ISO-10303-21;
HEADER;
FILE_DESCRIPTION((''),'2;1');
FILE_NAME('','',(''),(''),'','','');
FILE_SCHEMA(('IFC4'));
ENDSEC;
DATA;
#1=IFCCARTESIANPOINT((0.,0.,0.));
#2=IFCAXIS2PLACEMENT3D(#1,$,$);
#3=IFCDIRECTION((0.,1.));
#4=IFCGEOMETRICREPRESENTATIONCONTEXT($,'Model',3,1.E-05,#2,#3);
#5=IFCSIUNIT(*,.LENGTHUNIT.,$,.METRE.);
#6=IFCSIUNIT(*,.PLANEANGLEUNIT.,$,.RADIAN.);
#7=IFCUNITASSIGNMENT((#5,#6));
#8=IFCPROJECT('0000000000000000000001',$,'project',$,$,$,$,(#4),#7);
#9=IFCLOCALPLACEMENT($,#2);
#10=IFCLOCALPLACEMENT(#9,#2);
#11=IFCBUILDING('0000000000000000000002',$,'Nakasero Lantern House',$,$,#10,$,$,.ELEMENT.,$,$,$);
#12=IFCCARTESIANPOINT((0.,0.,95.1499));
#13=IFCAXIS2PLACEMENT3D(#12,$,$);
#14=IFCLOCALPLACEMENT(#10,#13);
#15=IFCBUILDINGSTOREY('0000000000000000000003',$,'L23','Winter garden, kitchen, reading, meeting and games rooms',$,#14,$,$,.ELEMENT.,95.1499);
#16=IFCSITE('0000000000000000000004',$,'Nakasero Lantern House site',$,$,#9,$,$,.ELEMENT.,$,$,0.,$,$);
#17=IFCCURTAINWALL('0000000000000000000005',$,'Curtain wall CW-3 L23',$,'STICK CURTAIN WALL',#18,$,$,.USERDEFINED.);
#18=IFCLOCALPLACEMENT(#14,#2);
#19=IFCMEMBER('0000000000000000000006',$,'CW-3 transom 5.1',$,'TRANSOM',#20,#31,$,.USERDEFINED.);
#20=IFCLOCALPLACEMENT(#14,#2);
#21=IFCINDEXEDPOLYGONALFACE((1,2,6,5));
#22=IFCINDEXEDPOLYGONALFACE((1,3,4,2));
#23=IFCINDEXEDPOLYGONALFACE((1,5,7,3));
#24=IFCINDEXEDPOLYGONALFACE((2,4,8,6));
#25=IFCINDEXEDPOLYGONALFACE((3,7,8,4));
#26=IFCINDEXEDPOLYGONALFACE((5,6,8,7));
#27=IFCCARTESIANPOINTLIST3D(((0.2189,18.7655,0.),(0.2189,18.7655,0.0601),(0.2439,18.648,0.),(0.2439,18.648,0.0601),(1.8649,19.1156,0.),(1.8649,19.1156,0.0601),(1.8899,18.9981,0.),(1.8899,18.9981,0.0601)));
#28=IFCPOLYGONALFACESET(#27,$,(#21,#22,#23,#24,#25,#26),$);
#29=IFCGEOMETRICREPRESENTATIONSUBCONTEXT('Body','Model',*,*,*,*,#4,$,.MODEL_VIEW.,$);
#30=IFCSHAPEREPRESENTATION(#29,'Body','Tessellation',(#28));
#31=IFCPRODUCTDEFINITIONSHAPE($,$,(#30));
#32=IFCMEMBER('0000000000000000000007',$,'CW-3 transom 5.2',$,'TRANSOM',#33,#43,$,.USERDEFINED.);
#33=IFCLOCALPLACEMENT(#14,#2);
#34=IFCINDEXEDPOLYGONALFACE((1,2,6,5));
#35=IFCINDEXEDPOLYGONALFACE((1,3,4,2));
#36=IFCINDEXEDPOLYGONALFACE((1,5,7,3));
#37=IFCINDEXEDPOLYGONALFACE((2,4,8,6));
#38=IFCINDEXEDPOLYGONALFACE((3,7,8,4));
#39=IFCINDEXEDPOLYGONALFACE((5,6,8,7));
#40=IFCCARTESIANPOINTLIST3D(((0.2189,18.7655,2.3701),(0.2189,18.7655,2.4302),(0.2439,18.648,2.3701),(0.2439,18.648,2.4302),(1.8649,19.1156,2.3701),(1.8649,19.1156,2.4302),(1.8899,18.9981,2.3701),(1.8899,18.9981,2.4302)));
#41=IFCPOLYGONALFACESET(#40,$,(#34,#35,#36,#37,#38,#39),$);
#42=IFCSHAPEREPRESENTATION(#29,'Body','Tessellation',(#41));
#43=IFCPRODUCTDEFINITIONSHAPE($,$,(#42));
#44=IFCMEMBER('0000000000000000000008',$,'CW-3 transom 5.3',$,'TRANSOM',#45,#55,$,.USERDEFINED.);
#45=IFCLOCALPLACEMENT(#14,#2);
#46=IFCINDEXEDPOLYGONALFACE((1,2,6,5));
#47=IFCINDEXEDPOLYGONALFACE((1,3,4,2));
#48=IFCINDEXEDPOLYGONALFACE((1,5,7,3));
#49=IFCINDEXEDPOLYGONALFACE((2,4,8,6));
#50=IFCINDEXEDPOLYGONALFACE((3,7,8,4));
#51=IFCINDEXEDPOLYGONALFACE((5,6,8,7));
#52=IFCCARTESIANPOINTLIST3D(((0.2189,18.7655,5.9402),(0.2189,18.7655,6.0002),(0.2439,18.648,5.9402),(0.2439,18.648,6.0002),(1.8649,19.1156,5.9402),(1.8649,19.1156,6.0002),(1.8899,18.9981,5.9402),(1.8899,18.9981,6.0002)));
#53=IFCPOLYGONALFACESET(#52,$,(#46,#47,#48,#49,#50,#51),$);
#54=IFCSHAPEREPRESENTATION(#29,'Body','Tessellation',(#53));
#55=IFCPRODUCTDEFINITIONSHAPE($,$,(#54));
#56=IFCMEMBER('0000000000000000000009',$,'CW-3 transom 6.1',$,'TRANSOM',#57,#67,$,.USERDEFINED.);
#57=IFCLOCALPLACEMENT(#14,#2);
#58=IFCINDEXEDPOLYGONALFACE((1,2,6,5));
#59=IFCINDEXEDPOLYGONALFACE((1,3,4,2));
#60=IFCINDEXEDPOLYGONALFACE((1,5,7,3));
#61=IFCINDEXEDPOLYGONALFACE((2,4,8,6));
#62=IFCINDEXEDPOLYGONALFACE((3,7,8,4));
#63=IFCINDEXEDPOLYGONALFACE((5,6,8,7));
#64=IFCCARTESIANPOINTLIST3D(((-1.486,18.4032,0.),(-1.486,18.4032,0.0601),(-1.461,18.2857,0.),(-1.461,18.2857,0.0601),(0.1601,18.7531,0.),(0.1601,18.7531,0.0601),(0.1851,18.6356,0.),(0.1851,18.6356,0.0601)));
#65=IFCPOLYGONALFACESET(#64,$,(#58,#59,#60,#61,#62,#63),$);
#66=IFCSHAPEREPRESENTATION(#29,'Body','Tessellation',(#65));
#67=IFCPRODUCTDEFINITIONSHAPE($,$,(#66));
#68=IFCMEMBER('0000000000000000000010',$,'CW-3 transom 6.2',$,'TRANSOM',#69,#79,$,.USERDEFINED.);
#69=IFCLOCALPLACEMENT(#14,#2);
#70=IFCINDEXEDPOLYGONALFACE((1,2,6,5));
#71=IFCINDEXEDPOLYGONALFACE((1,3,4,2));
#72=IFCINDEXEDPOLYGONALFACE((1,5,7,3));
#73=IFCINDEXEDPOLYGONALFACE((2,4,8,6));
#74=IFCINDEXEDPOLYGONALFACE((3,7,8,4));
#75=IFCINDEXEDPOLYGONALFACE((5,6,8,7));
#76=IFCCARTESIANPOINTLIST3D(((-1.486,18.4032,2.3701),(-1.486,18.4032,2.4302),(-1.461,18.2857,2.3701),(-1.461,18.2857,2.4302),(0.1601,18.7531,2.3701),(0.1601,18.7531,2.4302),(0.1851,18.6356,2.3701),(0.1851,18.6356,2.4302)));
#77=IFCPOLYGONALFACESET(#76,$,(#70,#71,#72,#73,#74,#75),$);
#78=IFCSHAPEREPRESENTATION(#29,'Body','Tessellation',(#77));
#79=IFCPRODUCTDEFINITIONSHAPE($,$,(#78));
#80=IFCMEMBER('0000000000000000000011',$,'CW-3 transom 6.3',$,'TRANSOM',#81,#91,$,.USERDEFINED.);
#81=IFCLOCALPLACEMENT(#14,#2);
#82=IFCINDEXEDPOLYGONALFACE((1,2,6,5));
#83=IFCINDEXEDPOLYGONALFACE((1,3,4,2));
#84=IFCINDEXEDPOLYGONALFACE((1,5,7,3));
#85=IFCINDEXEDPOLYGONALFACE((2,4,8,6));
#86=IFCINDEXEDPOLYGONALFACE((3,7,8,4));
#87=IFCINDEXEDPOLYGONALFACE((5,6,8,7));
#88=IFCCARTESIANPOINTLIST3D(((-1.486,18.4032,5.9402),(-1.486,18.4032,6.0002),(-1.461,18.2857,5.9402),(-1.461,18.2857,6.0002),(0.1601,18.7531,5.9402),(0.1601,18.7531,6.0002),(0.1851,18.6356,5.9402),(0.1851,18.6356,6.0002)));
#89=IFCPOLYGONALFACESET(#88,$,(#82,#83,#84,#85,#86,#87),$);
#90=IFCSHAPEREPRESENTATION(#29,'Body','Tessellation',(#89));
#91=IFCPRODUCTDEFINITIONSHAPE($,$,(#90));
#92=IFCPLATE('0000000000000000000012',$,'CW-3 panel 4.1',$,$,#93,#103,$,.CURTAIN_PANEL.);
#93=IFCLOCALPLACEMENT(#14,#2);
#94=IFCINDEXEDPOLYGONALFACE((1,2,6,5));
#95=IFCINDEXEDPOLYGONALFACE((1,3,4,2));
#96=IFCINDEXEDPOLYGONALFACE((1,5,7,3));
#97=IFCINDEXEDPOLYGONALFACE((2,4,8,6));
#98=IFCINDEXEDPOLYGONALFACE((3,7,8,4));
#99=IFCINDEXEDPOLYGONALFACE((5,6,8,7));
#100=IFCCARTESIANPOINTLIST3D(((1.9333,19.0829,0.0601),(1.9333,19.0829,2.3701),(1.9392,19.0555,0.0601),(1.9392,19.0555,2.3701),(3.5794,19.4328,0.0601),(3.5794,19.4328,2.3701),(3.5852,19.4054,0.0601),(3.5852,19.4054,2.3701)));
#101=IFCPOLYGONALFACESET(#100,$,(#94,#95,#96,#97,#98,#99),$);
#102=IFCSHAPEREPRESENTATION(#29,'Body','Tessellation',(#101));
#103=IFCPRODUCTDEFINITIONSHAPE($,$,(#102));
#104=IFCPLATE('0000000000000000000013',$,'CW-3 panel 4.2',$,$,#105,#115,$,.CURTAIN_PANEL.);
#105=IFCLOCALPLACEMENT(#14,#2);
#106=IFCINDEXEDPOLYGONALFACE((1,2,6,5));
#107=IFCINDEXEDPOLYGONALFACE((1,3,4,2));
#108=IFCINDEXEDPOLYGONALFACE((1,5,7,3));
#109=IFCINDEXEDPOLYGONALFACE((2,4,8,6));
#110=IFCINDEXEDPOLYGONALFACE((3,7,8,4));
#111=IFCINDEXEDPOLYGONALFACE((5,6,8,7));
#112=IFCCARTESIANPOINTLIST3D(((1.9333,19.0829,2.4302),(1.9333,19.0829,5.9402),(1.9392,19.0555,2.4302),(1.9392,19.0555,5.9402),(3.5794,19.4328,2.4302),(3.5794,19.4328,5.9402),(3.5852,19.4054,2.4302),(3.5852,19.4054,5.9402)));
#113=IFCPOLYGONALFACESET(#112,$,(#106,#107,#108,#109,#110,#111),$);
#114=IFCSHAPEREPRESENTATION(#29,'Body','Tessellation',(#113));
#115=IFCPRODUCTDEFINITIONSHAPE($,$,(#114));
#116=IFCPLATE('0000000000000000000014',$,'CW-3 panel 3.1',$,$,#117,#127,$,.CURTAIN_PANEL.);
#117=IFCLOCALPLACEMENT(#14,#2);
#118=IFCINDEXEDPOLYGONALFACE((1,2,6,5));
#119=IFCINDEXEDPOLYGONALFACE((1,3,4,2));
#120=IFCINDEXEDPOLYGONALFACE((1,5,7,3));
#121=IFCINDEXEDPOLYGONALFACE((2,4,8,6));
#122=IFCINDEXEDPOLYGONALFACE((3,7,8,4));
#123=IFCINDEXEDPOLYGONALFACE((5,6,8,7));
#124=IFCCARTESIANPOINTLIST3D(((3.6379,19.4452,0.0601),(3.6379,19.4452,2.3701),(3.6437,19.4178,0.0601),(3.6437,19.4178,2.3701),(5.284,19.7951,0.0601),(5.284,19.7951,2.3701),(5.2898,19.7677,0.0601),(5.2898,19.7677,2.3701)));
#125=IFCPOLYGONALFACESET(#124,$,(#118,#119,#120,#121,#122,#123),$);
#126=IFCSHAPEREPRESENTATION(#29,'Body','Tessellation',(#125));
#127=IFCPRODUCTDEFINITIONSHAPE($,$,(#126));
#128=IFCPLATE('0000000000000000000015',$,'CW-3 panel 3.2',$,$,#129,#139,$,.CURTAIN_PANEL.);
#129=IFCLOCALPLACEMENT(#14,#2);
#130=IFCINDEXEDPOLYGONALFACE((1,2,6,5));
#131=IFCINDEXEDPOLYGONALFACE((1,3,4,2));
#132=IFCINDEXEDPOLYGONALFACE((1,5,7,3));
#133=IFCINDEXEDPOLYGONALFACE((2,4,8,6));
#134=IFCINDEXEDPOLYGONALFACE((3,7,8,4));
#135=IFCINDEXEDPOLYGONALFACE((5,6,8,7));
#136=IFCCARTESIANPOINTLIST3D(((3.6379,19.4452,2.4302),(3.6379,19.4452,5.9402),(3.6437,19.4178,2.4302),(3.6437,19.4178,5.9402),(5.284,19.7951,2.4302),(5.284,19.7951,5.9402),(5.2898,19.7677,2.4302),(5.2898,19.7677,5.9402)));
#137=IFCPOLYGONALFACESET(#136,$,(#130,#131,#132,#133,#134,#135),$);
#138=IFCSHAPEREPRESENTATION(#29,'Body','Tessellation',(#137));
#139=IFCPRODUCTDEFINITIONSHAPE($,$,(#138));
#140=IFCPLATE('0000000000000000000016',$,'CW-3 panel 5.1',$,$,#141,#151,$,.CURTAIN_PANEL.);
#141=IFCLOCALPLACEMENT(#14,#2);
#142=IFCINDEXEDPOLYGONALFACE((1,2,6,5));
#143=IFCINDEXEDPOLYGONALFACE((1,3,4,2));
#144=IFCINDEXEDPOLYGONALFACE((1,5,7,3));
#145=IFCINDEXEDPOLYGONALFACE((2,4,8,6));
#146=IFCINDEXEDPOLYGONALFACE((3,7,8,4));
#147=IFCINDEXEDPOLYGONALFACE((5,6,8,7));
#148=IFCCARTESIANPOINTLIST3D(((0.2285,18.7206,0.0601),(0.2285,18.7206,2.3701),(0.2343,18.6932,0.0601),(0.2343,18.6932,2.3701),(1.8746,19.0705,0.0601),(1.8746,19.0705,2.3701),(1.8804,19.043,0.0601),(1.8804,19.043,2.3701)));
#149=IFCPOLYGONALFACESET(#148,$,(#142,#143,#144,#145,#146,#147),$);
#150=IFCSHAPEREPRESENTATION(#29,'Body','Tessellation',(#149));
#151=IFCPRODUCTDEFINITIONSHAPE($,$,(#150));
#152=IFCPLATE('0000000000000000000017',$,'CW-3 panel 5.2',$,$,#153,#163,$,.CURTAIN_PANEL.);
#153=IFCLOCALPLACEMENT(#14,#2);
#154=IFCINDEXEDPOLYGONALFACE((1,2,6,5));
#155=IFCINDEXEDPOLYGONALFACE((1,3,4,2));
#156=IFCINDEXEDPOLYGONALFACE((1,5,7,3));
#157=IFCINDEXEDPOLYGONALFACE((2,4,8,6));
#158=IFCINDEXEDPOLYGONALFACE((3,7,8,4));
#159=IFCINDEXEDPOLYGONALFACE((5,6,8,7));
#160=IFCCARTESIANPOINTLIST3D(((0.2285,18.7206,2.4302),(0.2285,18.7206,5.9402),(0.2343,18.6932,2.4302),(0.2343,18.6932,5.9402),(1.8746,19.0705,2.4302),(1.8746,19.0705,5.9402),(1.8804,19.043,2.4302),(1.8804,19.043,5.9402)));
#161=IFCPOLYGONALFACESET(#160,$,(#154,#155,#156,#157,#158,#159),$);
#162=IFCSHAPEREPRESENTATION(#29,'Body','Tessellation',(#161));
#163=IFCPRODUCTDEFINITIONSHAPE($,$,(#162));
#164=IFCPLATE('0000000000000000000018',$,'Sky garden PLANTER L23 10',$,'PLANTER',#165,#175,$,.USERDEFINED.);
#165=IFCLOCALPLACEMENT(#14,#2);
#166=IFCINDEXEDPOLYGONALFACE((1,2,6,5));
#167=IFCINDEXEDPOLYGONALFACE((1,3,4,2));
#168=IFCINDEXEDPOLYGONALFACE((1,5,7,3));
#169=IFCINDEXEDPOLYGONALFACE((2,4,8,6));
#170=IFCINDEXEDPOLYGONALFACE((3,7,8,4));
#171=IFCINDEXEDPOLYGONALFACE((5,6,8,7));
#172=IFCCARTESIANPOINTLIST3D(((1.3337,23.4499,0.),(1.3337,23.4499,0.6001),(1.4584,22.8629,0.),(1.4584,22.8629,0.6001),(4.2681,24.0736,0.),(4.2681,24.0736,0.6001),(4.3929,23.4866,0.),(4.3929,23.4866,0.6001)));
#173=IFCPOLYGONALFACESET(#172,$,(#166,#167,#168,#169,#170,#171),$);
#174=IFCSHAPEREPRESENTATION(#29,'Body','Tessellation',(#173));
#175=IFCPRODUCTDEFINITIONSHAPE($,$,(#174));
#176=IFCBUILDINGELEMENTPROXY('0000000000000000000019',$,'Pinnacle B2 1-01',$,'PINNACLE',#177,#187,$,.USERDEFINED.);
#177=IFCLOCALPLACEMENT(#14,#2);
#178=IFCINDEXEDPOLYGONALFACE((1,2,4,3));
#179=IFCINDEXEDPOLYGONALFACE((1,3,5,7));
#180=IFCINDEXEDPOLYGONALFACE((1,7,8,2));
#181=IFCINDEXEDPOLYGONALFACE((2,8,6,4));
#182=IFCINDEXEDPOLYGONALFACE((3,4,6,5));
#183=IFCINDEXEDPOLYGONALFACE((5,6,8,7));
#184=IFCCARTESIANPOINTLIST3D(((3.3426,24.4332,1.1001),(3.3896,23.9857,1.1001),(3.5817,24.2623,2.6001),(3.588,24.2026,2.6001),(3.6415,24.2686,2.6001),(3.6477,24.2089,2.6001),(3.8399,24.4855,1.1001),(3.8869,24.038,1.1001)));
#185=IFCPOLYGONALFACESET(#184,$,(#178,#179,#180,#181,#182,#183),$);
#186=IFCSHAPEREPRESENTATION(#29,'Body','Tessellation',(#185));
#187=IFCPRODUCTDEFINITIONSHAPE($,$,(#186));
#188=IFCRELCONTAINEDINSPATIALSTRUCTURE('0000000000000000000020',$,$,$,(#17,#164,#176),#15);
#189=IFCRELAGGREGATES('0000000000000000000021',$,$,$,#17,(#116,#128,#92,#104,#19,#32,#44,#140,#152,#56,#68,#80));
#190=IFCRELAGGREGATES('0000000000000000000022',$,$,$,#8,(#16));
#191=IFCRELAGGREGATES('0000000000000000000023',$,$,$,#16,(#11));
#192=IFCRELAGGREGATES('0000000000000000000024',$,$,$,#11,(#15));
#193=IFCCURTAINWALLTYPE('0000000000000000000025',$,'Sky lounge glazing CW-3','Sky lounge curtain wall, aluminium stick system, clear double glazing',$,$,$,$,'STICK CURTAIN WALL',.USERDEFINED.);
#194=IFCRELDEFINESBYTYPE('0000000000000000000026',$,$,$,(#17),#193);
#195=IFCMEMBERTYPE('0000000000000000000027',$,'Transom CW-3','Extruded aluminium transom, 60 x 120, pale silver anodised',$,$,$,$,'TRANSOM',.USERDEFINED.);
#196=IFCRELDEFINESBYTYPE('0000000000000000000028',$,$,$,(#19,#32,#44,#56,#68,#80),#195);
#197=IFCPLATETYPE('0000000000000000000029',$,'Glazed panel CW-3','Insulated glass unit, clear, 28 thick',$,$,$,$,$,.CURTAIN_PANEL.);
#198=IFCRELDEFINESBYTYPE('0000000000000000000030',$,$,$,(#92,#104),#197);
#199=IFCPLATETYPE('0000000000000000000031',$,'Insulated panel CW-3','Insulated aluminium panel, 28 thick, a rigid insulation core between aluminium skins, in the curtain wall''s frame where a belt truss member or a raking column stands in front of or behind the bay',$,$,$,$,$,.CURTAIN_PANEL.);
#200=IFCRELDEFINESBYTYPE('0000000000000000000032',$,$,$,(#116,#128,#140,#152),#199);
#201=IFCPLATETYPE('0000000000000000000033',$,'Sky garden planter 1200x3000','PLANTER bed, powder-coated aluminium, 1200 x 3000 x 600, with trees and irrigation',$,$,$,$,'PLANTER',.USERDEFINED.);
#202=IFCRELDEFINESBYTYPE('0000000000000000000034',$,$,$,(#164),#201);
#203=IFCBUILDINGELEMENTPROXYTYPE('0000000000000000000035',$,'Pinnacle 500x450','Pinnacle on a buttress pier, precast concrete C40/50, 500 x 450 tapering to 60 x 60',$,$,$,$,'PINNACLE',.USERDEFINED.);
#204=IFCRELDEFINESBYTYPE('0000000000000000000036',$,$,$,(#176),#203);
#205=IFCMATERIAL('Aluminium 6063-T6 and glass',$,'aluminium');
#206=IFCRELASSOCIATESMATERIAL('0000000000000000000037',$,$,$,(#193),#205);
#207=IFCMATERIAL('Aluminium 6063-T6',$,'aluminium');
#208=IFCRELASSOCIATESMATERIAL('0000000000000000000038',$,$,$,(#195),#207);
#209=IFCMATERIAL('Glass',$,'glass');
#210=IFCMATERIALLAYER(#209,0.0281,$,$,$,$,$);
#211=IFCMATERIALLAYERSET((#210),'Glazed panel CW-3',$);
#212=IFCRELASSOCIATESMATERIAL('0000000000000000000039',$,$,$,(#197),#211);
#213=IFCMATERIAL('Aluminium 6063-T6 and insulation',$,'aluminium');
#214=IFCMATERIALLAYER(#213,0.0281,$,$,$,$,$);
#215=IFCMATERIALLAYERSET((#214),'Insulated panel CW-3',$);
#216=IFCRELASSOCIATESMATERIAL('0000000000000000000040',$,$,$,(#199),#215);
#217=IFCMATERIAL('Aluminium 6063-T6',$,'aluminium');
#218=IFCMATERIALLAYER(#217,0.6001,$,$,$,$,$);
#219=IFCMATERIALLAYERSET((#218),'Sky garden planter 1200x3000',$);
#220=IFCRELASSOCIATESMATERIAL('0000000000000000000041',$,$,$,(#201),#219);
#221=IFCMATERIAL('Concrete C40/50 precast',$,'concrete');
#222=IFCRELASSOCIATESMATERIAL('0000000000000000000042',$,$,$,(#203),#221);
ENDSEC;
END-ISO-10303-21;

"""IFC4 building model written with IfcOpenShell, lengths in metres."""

from ifc_helpers import new_model, entity, si_unit, direction, frame, origin, origin_2d, place, context, subcontext, project, spatial, rectangle, extrude, material, layer, layer_set, material_profile, profile_set, type_object, element, aggregate, save


model = new_model("IFC4")

# Units and contexts
model_context = context("Model", 3, precision=1e-05, world=origin(), true_north=direction((0.0, 1.0)))
body_context = subcontext(model_context, "Body", "Model", "MODEL_VIEW")
ifc_project = project(units=[si_unit("LENGTHUNIT", "METRE"), si_unit("PLANEANGLEUNIT", "RADIAN")], contexts=[model_context])

# Site, building, storey
site_placement = place(None, origin())
site = spatial("IfcSite", under=ifc_project, at=site_placement, Name="Nakasero Lantern House site", CompositionType="ELEMENT", RefElevation=0.0)
building_placement = place(site_placement, origin())
building = spatial("IfcBuilding", under=site, at=building_placement, Name="Nakasero Lantern House", CompositionType="ELEMENT")
storey_placement = place(building_placement, frame((0.0, 0.0, 95.1499)))
storey = spatial("IfcBuildingStorey", under=building, at=storey_placement, Name="L23", Description="Winter garden, kitchen, reading, meeting and games rooms", CompositionType="ELEMENT", Elevation=95.1499)

# Curtain wall, members, plates
ifc_material_1 = material(Name="Aluminium 6063-T6 and glass", Category="aluminium")
curtain_wall_type = type_object("IfcCurtainWallType", Name="Sky lounge glazing CW-3", Description="Sky lounge curtain wall, aluminium stick system, clear double glazing", ElementType="STICK CURTAIN WALL", PredefinedType="USERDEFINED", material=ifc_material_1)
curtain_wall_placement = place(storey_placement, origin())
curtain_wall = element("IfcCurtainWall", 1, at=curtain_wall_placement, inside=storey, type_object=curtain_wall_type, Name="Curtain wall CW-3 L23", ObjectType="STICK CURTAIN WALL", PredefinedType="USERDEFINED")
ifc_material_2 = material(Name="Aluminium 6063-T6", Category="aluminium")
ifc_material_profile_1 = material_profile(ifc_material_2, rectangle(XDim=0.0601, YDim=0.1201, at=origin_2d()), Name="CW-3 transom 60x120")
ifc_profile_set_1 = profile_set([ifc_material_profile_1], Name="Aluminium 6063-T6")
member_type_1 = type_object("IfcMemberType", Name="Transom CW-3", Description="Extruded aluminium transom, 60 x 120, pale silver anodised", ElementType="TRANSOM", PredefinedType="USERDEFINED", material=ifc_profile_set_1)
member_1_placement = place(storey_placement, frame((1.8774, 19.0569, 0.03), z_axis=(-0.97812, -0.208043, 0.0), x_axis=(0.0, 0.0, 1.0)))
member_1 = element("IfcMember", 2, at=member_1_placement, type_object=member_type_1, Name="CW-3 transom 5.1", ObjectType="TRANSOM", PredefinedType="USERDEFINED", context=body_context, shape_type="SweptSolid", body=[
    extrude(rectangle(XDim=0.0601, YDim=0.1201, at=origin_2d()), origin(), (0.0, 0.0, 1.0), 1.6829),
])
member_2_placement = place(storey_placement, frame((1.8774, 19.0569, 2.4001), z_axis=(-0.97812, -0.208043, 0.0), x_axis=(0.0, 0.0, 1.0)))
member_2 = element("IfcMember", 3, at=member_2_placement, type_object=member_type_1, Name="CW-3 transom 5.2", ObjectType="TRANSOM", PredefinedType="USERDEFINED", context=body_context, shape_type="SweptSolid", body=[
    extrude(rectangle(XDim=0.0601, YDim=0.1201, at=origin_2d()), origin(), (0.0, 0.0, 1.0), 1.6829),
])
member_3_placement = place(storey_placement, frame((1.8774, 19.0569, 5.9702), z_axis=(-0.97812, -0.208043, 0.0), x_axis=(0.0, 0.0, 1.0)))
member_3 = element("IfcMember", 4, at=member_3_placement, type_object=member_type_1, Name="CW-3 transom 5.3", ObjectType="TRANSOM", PredefinedType="USERDEFINED", context=body_context, shape_type="SweptSolid", body=[
    extrude(rectangle(XDim=0.0601, YDim=0.1201, at=origin_2d()), origin(), (0.0, 0.0, 1.0), 1.6829),
])
member_4_placement = place(storey_placement, frame((0.1726, 18.6943, 0.03), z_axis=(-0.978149, -0.207904, 0.0), x_axis=(0.0, 0.0, 1.0)))
member_4 = element("IfcMember", 5, at=member_4_placement, type_object=member_type_1, Name="CW-3 transom 6.1", ObjectType="TRANSOM", PredefinedType="USERDEFINED", context=body_context, shape_type="SweptSolid", body=[
    extrude(rectangle(XDim=0.0601, YDim=0.1201, at=origin_2d()), origin(), (0.0, 0.0, 1.0), 1.6829),
])
member_5_placement = place(storey_placement, frame((0.1726, 18.6943, 2.4001), z_axis=(-0.978149, -0.207904, 0.0), x_axis=(0.0, 0.0, 1.0)))
member_5 = element("IfcMember", 6, at=member_5_placement, type_object=member_type_1, Name="CW-3 transom 6.2", ObjectType="TRANSOM", PredefinedType="USERDEFINED", context=body_context, shape_type="SweptSolid", body=[
    extrude(rectangle(XDim=0.0601, YDim=0.1201, at=origin_2d()), origin(), (0.0, 0.0, 1.0), 1.6829),
])
member_6_placement = place(storey_placement, frame((0.1726, 18.6943, 5.9702), z_axis=(-0.978149, -0.207904, 0.0), x_axis=(0.0, 0.0, 1.0)))
member_6 = element("IfcMember", 7, at=member_6_placement, type_object=member_type_1, Name="CW-3 transom 6.3", ObjectType="TRANSOM", PredefinedType="USERDEFINED", context=body_context, shape_type="SweptSolid", body=[
    extrude(rectangle(XDim=0.0601, YDim=0.1201, at=origin_2d()), origin(), (0.0, 0.0, 1.0), 1.6829),
])
ifc_material_3 = material(Name="Glass", Category="glass")
ifc_layer_1 = layer(ifc_material_3, 0.0281)
ifc_layer_set_1 = layer_set([ifc_layer_1], Name="Glazed panel CW-3")
plate_type_1 = type_object("IfcPlateType", Name="Glazed panel CW-3", Description="Insulated glass unit, clear, 28 thick", PredefinedType="CURTAIN_PANEL", material=ifc_layer_set_1)
plate_1_placement = place(storey_placement, frame((2.7593, 19.2441, 0.0601), z_axis=(0.0, 0.0, 1.0), x_axis=(-0.978148, -0.207912, 0.0)))
plate_1 = element("IfcPlate", 8, at=plate_1_placement, type_object=plate_type_1, Name="CW-3 panel 4.1", PredefinedType="CURTAIN_PANEL", context=body_context, shape_type="SweptSolid", body=[
    extrude(rectangle(XDim=1.6829, YDim=0.0281, at=origin_2d()), origin(), (0.0, 0.0, 1.0), 2.3101),
])
plate_2_placement = place(storey_placement, frame((2.7593, 19.2441, 2.4302), z_axis=(0.0, 0.0, 1.0), x_axis=(-0.978148, -0.207912, 0.0)))
plate_2 = element("IfcPlate", 9, at=plate_2_placement, type_object=plate_type_1, Name="CW-3 panel 4.2", PredefinedType="CURTAIN_PANEL", context=body_context, shape_type="SweptSolid", body=[
    extrude(rectangle(XDim=1.6829, YDim=0.0281, at=origin_2d()), origin(), (0.0, 0.0, 1.0), 3.51),
])
ifc_material_4 = material(Name="Aluminium 6063-T6 and insulation", Category="aluminium")
ifc_layer_2 = layer(ifc_material_4, 0.0281)
ifc_layer_set_2 = layer_set([ifc_layer_2], Name="Insulated panel CW-3")
plate_type_2 = type_object("IfcPlateType", Name="Insulated panel CW-3", Description="Insulated aluminium panel, 28 thick, a rigid insulation core between aluminium skins, in the curtain wall's frame where a belt truss member or a raking column stands in front of or behind the bay", PredefinedType="CURTAIN_PANEL", material=ifc_layer_set_2)
plate_3_placement = place(storey_placement, frame((4.4639, 19.6064, 0.0601), z_axis=(0.0, 0.0, 1.0), x_axis=(-0.978148, -0.207912, 0.0)))
plate_3 = element("IfcPlate", 10, at=plate_3_placement, type_object=plate_type_2, Name="CW-3 panel 3.1", PredefinedType="CURTAIN_PANEL", context=body_context, shape_type="SweptSolid", body=[
    extrude(rectangle(XDim=1.6829, YDim=0.0281, at=origin_2d()), origin(), (0.0, 0.0, 1.0), 2.3101),
])
plate_4_placement = place(storey_placement, frame((4.4639, 19.6064, 2.4302), z_axis=(0.0, 0.0, 1.0), x_axis=(-0.978148, -0.207912, 0.0)))
plate_4 = element("IfcPlate", 11, at=plate_4_placement, type_object=plate_type_2, Name="CW-3 panel 3.2", PredefinedType="CURTAIN_PANEL", context=body_context, shape_type="SweptSolid", body=[
    extrude(rectangle(XDim=1.6829, YDim=0.0281, at=origin_2d()), origin(), (0.0, 0.0, 1.0), 3.51),
])
plate_5_placement = place(storey_placement, frame((1.0544, 18.8818, 0.0601), z_axis=(0.0, 0.0, 1.0), x_axis=(-0.978148, -0.207912, 0.0)))
plate_5 = element("IfcPlate", 12, at=plate_5_placement, type_object=plate_type_2, Name="CW-3 panel 5.1", PredefinedType="CURTAIN_PANEL", context=body_context, shape_type="SweptSolid", body=[
    extrude(rectangle(XDim=1.6829, YDim=0.0281, at=origin_2d()), origin(), (0.0, 0.0, 1.0), 2.3101),
])
plate_6_placement = place(storey_placement, frame((1.0544, 18.8818, 2.4302), z_axis=(0.0, 0.0, 1.0), x_axis=(-0.978148, -0.207912, 0.0)))
plate_6 = element("IfcPlate", 13, at=plate_6_placement, type_object=plate_type_2, Name="CW-3 panel 5.2", PredefinedType="CURTAIN_PANEL", context=body_context, shape_type="SweptSolid", body=[
    extrude(rectangle(XDim=1.6829, YDim=0.0281, at=origin_2d()), origin(), (0.0, 0.0, 1.0), 3.51),
])
aggregate(curtain_wall, [plate_3, plate_4, plate_1, plate_2, member_1, member_2, member_3, plate_5, plate_6, member_4, member_5, member_6])

# Plate
ifc_material_5 = material(Name="Aluminium 6063-T6", Category="aluminium")
ifc_layer_3 = layer(ifc_material_5, 0.6001)
ifc_layer_set_3 = layer_set([ifc_layer_3], Name="Sky garden planter 1200x3000")
plate_type_3 = type_object("IfcPlateType", Name="Sky garden planter 1200x3000", Description="PLANTER bed, powder-coated aluminium, 1200 x 3000 x 600, with trees and irrigation", ElementType="PLANTER", PredefinedType="USERDEFINED", material=ifc_layer_set_3)
plate_7_placement = place(storey_placement, frame((2.8633, 23.4683, 0.0), z_axis=(0.0, 0.0, 1.0), x_axis=(-0.207912, 0.978148, 0.0)))
element("IfcPlate", 14, at=plate_7_placement, inside=storey, type_object=plate_type_3, Name="Sky garden PLANTER L23 10", ObjectType="PLANTER", PredefinedType="USERDEFINED", context=body_context, shape_type="SweptSolid", body=[
    extrude(rectangle(XDim=0.6001, YDim=3.0, at=origin_2d()), origin(), (0.0, 0.0, 1.0), 0.6001),
])

# Building element proxy
ifc_material_6 = material(Name="Concrete C40/50 precast", Category="concrete")
building_element_proxy_type = type_object("IfcBuildingElementProxyType", Name="Pinnacle 500x450", Description="Pinnacle on a buttress pier, precast concrete C40/50, 500 x 450 tapering to 60 x 60", ElementType="PINNACLE", PredefinedType="USERDEFINED", material=ifc_material_6)
proxy_placement = place(storey_placement, frame((3.6147, 24.2356, 1.1001), z_axis=(0.0, 0.0, 1.0), x_axis=(-0.104528, 0.994522, 0.0)))
element("IfcBuildingElementProxy", 15, at=proxy_placement, inside=storey, type_object=building_element_proxy_type, Name="Pinnacle B2 1-01", ObjectType="PINNACLE", PredefinedType="USERDEFINED", context=body_context, shape_type="SweptSolid", body=[
    entity("IfcExtrudedAreaSolidTapered", entity("IfcRectangleProfileDef", "AREA", None, entity("IfcAxis2Placement2D", entity("IfcCartesianPoint", [0.0, 0.0])), 0.45, 0.5), entity("IfcAxis2Placement3D", entity("IfcCartesianPoint", [0.0, 0.0, 0.0])), entity("IfcDirection", [0.0, 0.0, 1.0]), 1.5, entity("IfcRectangleProfileDef", "AREA", None, entity("IfcAxis2Placement2D", entity("IfcCartesianPoint", [0.0, 0.0])), 0.0601, 0.0601)),
])

save(model, "model.ifc")
